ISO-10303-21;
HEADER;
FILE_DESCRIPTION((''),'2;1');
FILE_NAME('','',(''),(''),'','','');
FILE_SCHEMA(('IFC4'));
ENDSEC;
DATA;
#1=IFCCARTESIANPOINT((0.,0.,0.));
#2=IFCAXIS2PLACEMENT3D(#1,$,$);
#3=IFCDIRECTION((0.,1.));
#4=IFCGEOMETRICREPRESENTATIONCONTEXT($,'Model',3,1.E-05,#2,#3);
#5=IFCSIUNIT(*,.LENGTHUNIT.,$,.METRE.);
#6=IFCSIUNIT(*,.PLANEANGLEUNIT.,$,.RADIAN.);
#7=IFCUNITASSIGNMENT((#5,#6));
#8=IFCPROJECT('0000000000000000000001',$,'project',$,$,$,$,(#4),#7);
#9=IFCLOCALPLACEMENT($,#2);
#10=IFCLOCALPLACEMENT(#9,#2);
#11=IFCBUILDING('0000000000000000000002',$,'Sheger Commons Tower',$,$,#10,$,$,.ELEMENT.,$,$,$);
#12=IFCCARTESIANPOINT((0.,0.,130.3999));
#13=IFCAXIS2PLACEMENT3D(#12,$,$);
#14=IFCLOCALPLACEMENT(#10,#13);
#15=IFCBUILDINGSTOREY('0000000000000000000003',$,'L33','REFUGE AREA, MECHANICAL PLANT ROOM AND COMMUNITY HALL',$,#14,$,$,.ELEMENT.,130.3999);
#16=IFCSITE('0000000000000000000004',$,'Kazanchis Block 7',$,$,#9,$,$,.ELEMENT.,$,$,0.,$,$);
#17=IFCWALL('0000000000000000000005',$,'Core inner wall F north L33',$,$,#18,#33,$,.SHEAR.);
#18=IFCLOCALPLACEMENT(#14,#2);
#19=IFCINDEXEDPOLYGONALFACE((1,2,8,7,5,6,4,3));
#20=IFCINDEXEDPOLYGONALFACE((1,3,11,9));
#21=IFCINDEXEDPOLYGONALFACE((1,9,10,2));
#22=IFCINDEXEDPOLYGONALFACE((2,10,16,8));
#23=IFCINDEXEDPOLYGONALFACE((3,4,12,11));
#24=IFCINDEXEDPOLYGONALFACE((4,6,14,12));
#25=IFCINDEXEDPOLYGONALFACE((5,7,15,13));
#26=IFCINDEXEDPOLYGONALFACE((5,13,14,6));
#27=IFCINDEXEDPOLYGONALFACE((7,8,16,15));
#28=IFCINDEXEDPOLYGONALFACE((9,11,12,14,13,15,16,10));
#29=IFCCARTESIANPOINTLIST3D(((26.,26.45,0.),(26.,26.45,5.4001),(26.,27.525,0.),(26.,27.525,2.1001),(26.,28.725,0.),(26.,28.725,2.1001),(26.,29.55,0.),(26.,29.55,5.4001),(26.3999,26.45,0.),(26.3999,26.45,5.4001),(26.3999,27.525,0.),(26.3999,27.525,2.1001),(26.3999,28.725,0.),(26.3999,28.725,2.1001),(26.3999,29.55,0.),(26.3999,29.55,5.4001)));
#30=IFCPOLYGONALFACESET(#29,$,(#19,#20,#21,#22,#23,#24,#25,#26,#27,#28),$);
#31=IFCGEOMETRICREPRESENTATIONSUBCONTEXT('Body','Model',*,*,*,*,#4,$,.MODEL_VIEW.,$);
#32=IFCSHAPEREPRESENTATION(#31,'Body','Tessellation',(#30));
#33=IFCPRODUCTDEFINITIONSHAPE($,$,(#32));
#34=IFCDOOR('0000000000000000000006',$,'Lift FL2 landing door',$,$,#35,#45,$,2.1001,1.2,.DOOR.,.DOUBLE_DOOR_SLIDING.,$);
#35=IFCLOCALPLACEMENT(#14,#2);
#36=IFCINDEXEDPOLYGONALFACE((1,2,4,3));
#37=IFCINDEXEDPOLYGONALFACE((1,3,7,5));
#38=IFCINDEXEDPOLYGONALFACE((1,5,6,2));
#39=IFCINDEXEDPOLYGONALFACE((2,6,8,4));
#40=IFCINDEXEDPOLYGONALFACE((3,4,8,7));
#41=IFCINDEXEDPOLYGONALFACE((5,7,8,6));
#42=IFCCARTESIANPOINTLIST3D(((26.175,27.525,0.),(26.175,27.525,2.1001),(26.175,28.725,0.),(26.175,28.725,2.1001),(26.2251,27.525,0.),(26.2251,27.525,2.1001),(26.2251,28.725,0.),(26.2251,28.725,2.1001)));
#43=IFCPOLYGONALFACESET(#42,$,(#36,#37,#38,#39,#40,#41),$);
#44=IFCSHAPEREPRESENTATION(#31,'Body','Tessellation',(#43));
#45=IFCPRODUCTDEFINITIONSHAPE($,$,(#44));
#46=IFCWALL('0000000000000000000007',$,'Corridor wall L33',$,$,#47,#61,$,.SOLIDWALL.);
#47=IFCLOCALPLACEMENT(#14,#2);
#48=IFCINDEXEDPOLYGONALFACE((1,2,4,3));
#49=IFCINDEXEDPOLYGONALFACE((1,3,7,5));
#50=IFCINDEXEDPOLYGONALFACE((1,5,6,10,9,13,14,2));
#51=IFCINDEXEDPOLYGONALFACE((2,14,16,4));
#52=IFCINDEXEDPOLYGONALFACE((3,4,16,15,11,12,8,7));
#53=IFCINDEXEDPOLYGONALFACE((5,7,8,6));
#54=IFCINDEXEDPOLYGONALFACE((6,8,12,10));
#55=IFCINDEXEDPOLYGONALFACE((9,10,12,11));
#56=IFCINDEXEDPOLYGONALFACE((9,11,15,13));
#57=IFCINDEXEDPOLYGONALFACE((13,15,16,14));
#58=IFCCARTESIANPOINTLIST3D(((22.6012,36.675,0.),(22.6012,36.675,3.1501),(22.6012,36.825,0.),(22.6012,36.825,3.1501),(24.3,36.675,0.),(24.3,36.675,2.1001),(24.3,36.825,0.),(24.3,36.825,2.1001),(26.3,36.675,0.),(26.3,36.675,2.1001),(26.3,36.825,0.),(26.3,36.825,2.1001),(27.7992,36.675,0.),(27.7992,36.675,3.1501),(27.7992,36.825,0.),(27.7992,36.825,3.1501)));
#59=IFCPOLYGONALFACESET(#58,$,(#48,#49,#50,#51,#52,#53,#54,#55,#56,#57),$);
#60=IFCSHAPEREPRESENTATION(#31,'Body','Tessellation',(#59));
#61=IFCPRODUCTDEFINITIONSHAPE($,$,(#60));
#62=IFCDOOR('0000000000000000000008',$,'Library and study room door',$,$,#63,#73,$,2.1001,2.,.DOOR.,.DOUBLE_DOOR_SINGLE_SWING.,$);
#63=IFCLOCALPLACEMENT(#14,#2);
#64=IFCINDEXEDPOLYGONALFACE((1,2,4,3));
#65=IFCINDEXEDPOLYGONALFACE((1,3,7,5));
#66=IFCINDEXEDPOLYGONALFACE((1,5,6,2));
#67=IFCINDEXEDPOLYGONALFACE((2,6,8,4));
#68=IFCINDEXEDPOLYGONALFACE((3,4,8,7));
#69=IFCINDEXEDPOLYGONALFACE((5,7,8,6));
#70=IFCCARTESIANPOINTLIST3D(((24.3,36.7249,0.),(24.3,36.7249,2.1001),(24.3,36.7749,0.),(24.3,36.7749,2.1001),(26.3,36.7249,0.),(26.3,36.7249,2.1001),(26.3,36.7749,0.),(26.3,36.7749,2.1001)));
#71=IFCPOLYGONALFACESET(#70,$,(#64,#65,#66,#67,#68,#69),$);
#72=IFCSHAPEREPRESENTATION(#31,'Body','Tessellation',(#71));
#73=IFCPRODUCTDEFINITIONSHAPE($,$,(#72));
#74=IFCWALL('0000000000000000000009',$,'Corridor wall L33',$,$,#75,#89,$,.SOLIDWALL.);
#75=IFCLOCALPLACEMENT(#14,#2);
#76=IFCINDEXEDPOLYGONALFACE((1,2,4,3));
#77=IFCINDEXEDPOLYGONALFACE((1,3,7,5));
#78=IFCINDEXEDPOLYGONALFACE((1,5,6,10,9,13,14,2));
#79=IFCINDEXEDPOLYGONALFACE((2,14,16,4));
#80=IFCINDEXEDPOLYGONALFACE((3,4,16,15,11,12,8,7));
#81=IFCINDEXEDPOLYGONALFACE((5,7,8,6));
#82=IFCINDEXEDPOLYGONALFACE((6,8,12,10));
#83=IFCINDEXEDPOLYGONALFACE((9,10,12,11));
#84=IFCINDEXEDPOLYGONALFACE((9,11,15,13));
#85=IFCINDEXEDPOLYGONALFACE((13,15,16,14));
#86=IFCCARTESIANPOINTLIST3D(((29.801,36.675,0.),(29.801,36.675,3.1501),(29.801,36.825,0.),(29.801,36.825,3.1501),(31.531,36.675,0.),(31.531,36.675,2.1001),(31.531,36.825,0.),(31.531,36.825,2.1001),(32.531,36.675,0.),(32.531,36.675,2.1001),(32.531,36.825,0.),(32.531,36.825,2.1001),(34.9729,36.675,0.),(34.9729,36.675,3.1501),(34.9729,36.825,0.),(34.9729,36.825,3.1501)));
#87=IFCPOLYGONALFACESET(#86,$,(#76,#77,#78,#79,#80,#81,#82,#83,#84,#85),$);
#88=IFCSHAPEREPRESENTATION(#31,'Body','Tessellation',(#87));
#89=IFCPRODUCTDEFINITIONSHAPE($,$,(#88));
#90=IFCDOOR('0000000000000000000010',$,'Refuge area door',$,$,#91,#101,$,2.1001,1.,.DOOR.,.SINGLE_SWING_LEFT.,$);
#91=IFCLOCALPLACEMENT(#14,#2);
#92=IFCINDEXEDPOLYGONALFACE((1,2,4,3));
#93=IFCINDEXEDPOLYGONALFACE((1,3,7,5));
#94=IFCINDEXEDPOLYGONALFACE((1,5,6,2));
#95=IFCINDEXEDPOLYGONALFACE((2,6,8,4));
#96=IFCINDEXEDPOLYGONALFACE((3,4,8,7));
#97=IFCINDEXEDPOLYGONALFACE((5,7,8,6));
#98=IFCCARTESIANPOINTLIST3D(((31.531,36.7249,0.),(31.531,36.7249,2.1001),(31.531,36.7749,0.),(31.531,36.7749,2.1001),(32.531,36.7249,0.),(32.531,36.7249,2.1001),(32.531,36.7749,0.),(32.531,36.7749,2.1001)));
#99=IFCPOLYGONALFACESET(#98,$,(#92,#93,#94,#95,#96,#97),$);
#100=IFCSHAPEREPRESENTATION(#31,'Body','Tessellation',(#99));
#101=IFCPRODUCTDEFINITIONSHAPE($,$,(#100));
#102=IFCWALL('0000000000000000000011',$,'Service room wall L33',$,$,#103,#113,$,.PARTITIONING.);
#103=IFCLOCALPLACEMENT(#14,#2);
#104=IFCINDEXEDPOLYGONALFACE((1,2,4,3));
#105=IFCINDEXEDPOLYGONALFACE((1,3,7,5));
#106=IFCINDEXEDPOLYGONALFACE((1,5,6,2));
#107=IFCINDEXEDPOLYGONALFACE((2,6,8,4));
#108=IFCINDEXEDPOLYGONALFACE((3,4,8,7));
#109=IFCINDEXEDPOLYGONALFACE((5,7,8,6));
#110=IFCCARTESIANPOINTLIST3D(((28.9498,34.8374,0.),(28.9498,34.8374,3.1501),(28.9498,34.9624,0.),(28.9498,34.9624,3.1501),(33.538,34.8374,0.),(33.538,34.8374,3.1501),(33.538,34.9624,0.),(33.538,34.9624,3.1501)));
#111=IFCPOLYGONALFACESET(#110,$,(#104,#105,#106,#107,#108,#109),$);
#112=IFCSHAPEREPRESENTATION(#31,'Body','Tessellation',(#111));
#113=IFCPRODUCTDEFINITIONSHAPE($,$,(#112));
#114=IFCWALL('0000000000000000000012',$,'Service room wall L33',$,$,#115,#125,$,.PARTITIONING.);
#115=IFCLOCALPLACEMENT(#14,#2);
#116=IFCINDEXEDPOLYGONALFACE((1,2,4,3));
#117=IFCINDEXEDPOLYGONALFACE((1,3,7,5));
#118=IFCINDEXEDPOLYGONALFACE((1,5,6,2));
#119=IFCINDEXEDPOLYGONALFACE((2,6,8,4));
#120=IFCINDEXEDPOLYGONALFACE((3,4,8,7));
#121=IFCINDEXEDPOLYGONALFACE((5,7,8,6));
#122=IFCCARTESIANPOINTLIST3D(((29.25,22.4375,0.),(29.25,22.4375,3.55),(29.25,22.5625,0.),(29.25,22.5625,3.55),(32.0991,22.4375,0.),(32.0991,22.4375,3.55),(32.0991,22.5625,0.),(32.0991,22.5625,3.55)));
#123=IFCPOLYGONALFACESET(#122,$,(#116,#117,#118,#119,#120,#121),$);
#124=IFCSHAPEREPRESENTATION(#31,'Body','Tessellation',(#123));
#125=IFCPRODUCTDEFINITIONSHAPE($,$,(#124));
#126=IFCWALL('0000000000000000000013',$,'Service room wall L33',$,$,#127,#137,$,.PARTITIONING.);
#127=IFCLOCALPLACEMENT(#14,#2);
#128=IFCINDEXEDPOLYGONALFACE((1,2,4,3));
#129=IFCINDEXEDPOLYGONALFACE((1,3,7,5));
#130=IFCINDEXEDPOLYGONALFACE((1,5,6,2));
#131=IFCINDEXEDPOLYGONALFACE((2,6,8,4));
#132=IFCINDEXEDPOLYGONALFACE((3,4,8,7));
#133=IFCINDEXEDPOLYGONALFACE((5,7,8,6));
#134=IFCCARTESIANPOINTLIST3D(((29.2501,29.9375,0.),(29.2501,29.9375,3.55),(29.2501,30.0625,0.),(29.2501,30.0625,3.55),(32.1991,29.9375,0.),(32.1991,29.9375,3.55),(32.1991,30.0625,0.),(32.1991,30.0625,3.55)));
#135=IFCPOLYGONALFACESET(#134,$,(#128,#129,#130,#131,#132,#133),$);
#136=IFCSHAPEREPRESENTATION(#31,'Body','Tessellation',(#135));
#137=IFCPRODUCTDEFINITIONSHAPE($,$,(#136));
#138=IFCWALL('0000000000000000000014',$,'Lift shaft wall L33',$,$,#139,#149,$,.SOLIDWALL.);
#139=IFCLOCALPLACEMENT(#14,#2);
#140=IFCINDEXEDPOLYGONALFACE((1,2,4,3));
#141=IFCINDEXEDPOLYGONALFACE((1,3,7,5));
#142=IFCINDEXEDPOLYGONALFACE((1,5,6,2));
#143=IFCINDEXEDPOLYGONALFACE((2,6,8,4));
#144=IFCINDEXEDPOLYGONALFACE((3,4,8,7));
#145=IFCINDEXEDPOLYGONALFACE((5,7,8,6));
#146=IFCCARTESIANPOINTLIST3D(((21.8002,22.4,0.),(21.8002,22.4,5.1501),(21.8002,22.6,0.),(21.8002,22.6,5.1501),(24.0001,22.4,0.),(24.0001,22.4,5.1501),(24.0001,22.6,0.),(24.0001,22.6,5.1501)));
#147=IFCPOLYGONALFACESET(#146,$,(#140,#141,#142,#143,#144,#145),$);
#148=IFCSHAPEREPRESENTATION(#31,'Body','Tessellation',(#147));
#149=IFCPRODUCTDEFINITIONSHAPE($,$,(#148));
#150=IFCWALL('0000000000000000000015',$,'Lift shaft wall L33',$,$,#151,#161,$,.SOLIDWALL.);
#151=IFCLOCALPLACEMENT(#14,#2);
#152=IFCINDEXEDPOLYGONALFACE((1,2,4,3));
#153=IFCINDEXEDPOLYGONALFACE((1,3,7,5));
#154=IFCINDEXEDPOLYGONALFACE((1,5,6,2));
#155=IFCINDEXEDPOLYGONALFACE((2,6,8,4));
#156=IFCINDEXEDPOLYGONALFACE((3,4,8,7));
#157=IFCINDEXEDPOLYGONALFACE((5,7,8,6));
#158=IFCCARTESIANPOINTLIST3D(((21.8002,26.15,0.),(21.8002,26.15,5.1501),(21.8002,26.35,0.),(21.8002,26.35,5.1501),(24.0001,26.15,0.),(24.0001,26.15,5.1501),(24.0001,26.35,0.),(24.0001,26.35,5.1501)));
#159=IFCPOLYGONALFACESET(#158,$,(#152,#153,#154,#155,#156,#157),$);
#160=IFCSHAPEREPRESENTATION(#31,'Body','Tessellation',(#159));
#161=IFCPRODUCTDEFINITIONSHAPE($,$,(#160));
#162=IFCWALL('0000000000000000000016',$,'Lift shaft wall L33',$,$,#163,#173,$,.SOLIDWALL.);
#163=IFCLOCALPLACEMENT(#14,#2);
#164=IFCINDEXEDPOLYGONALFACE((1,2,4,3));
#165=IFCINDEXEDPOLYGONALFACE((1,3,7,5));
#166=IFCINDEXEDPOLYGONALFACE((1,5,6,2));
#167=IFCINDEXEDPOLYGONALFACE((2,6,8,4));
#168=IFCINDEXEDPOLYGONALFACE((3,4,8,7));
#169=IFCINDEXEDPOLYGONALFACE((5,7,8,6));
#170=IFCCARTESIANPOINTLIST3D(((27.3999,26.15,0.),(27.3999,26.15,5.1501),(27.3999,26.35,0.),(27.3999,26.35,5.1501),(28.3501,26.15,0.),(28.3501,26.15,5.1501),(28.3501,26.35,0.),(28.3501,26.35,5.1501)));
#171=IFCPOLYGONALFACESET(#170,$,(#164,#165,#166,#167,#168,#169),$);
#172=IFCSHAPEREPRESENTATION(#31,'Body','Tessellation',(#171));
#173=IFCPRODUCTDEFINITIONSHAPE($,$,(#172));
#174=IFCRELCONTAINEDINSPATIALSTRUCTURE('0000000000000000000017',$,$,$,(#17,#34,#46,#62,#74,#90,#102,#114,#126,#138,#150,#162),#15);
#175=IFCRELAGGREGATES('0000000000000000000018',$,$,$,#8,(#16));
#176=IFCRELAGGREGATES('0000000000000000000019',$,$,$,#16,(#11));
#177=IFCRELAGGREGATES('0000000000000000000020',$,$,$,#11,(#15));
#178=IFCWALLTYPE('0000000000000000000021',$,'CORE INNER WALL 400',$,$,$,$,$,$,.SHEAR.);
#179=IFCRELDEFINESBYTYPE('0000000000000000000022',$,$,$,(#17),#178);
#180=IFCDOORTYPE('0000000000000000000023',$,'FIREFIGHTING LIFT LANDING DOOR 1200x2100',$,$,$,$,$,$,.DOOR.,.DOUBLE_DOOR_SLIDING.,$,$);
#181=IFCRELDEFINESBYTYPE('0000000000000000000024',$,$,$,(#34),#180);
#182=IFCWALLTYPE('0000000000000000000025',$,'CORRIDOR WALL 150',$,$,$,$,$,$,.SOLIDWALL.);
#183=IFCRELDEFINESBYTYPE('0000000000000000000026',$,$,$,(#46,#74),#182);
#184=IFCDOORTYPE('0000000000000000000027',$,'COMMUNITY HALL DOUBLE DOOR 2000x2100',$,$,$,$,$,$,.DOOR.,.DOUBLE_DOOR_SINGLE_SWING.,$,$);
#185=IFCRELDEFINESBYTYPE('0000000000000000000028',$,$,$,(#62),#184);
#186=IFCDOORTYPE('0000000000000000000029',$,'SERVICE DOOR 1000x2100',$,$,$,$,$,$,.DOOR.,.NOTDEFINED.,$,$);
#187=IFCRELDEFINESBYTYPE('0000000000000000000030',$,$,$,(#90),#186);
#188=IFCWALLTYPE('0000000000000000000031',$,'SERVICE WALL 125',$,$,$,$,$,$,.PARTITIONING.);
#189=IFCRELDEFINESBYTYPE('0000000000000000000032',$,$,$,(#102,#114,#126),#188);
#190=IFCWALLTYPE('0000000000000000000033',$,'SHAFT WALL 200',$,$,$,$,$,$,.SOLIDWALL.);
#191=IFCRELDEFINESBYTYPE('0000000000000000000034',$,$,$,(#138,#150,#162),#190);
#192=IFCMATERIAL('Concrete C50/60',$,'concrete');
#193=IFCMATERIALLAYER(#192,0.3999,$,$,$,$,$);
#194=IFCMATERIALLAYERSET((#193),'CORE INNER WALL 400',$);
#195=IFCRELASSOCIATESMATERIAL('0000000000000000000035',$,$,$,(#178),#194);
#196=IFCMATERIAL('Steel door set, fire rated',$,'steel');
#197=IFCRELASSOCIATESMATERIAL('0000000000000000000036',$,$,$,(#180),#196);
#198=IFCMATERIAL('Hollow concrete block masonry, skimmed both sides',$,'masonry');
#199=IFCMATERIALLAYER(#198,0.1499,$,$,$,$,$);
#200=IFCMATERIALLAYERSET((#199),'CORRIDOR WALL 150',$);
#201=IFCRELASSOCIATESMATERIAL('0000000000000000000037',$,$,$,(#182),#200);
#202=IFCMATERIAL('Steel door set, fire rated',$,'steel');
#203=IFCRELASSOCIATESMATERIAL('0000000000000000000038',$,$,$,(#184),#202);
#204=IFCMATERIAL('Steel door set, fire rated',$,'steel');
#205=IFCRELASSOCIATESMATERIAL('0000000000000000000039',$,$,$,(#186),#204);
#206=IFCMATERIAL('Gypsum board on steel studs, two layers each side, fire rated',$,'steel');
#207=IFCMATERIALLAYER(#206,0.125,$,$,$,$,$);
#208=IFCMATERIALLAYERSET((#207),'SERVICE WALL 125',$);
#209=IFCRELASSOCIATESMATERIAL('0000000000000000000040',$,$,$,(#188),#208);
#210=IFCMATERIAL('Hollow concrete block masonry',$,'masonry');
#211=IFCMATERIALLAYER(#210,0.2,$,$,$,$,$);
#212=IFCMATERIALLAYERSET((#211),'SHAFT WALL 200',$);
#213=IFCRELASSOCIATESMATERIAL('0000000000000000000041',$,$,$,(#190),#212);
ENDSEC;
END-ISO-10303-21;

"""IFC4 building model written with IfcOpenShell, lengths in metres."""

from ifc_helpers import new_model, si_unit, direction, frame, frame_2d, origin, place, context, subcontext, project, spatial, rectangle, extrude, material, layer, layer_set, type_object, element, fill, save


model = new_model("IFC4")

# Units and contexts
model_context = context("Model", 3, precision=1e-05, world=origin(), true_north=direction((0.0, 1.0)))
body_context = subcontext(model_context, "Body", "Model", "MODEL_VIEW")
ifc_project = project(units=[si_unit("LENGTHUNIT", "METRE"), si_unit("PLANEANGLEUNIT", "RADIAN")], contexts=[model_context])

# Site, building, storey
site_placement = place(None, origin())
site = spatial("IfcSite", under=ifc_project, at=site_placement, Name="Kazanchis Block 7", CompositionType="ELEMENT", RefElevation=0.0)
building_placement = place(site_placement, origin())
building = spatial("IfcBuilding", under=site, at=building_placement, Name="Sheger Commons Tower", CompositionType="ELEMENT")
storey_placement = place(building_placement, frame((0.0, 0.0, 130.3999)))
storey = spatial("IfcBuildingStorey", under=building, at=storey_placement, Name="L33", Description="REFUGE AREA, MECHANICAL PLANT ROOM AND COMMUNITY HALL", CompositionType="ELEMENT", Elevation=130.3999)

# Shared definitions
ifc_material_1 = material(Name="Concrete C50/60", Category="concrete")
ifc_layer_1 = layer(ifc_material_1, 0.3999)
ifc_layer_set_1 = layer_set([ifc_layer_1], Name="CORE INNER WALL 400")
wall_type_1 = type_object("IfcWallType", Name="CORE INNER WALL 400", PredefinedType="SHEAR", material=ifc_layer_set_1)

# Walls, openings, doors
wall_1_placement = place(storey_placement, frame((26.2, 26.45, 0.0), z_axis=(0.0, 0.0, 1.0), x_axis=(0.0, 1.0, 0.0)))
wall_1 = element("IfcWall", 1, at=wall_1_placement, inside=storey, type_object=wall_type_1, Name="Core inner wall F north L33", PredefinedType="SHEAR", context=body_context, shape_type="SweptSolid", body=[
    extrude(rectangle(XDim=3.1001, YDim=0.3999, at=frame_2d((1.55, 0.0))), origin(), (0.0, 0.0, 1.0), 5.4001),
])
opening_1_placement = place(wall_1_placement, frame((1.075, 0.0, 0.0)))
opening_1 = element("IfcOpeningElement", 2, at=opening_1_placement, cuts=wall_1, PredefinedType="OPENING", context=body_context, shape_type="SweptSolid", body=[
    extrude(rectangle(XDim=1.2, YDim=2.1001, at=frame_2d((0.6001, 1.05))), frame((0.0, 0.21, 0.0), z_axis=(0.0, -1.0, 0.0), x_axis=(1.0, 0.0, 0.0)), (0.0, 0.0, 1.0), 0.4199),
])
ifc_material_2 = material(Name="Steel door set, fire rated", Category="steel")
door_type_1 = type_object("IfcDoorType", Name="FIREFIGHTING LIFT LANDING DOOR 1200x2100", OperationType="DOUBLE_DOOR_SLIDING", PredefinedType="DOOR", material=ifc_material_2)
door_1_placement = place(opening_1_placement, origin())
door_1 = element("IfcDoor", 3, at=door_1_placement, inside=storey, type_object=door_type_1, Name="Lift FL2 landing door", OperationType="DOUBLE_DOOR_SLIDING", OverallHeight=2.1001, OverallWidth=1.2, PredefinedType="DOOR", context=body_context, shape_type="SweptSolid", body=[
    extrude(rectangle(XDim=1.2, YDim=2.1001, at=frame_2d((0.6001, 1.05))), frame((0.0, 0.0249, 0.0), z_axis=(0.0, -1.0, 0.0), x_axis=(1.0, 0.0, 0.0)), (0.0, 0.0, 1.0), 0.05),
])
fill(opening_1, door_1)
ifc_material_3 = material(Name="Hollow concrete block masonry, skimmed both sides", Category="masonry")
ifc_layer_2 = layer(ifc_material_3, 0.1499)
ifc_layer_set_2 = layer_set([ifc_layer_2], Name="CORRIDOR WALL 150")
wall_type_2 = type_object("IfcWallType", Name="CORRIDOR WALL 150", PredefinedType="SOLIDWALL", material=ifc_layer_set_2)
wall_2_placement = place(storey_placement, frame((22.6011, 36.75, 0.0), z_axis=(0.0, 0.0, 1.0), x_axis=(1.0, 0.0, 0.0)))
wall_2 = element("IfcWall", 4, at=wall_2_placement, inside=storey, type_object=wall_type_2, Name="Corridor wall L33", PredefinedType="SOLIDWALL", context=body_context, shape_type="SweptSolid", body=[
    extrude(rectangle(XDim=5.198, YDim=0.1499, at=frame_2d((2.5991, 0.0))), origin(), (0.0, 0.0, 1.0), 3.1501),
])
opening_2_placement = place(wall_2_placement, frame((1.699, 0.0, 0.0)))
opening_2 = element("IfcOpeningElement", 5, at=opening_2_placement, cuts=wall_2, PredefinedType="OPENING", context=body_context, shape_type="SweptSolid", body=[
    extrude(rectangle(XDim=2.0, YDim=2.1001, at=frame_2d((1.0, 1.05))), frame((0.0, 0.085, 0.0), z_axis=(0.0, -1.0, 0.0), x_axis=(1.0, 0.0, 0.0)), (0.0, 0.0, 1.0), 0.1699),
])
ifc_material_4 = material(Name="Steel door set, fire rated", Category="steel")
door_type_2 = type_object("IfcDoorType", Name="COMMUNITY HALL DOUBLE DOOR 2000x2100", OperationType="DOUBLE_DOOR_SINGLE_SWING", PredefinedType="DOOR", material=ifc_material_4)
door_2_placement = place(opening_2_placement, origin())
door_2 = element("IfcDoor", 6, at=door_2_placement, inside=storey, type_object=door_type_2, Name="Library and study room door", OperationType="DOUBLE_DOOR_SINGLE_SWING", OverallHeight=2.1001, OverallWidth=2.0, PredefinedType="DOOR", context=body_context, shape_type="SweptSolid", body=[
    extrude(rectangle(XDim=2.0, YDim=2.1001, at=frame_2d((1.0, 1.05))), frame((0.0, 0.0249, 0.0), z_axis=(0.0, -1.0, 0.0), x_axis=(1.0, 0.0, 0.0)), (0.0, 0.0, 1.0), 0.05),
])
fill(opening_2, door_2)
wall_3_placement = place(storey_placement, frame((29.801, 36.75, 0.0), z_axis=(0.0, 0.0, 1.0), x_axis=(1.0, 0.0, 0.0)))
wall_3 = element("IfcWall", 7, at=wall_3_placement, inside=storey, type_object=wall_type_2, Name="Corridor wall L33", PredefinedType="SOLIDWALL", context=body_context, shape_type="SweptSolid", body=[
    extrude(rectangle(XDim=5.1719, YDim=0.1499, at=frame_2d((2.5859, 0.0))), origin(), (0.0, 0.0, 1.0), 3.1501),
])
opening_3_placement = place(wall_3_placement, frame((1.73, 0.0, 0.0)))
opening_3 = element("IfcOpeningElement", 8, at=opening_3_placement, cuts=wall_3, PredefinedType="OPENING", context=body_context, shape_type="SweptSolid", body=[
    extrude(rectangle(XDim=1.0, YDim=2.1001, at=frame_2d((0.5, 1.05))), frame((0.0, 0.085, 0.0), z_axis=(0.0, -1.0, 0.0), x_axis=(1.0, 0.0, 0.0)), (0.0, 0.0, 1.0), 0.1699),
])
ifc_material_5 = material(Name="Steel door set, fire rated", Category="steel")
door_type_3 = type_object("IfcDoorType", Name="SERVICE DOOR 1000x2100", OperationType="NOTDEFINED", PredefinedType="DOOR", material=ifc_material_5)
door_3_placement = place(opening_3_placement, origin())
door_3 = element("IfcDoor", 9, at=door_3_placement, inside=storey, type_object=door_type_3, Name="Refuge area door", OperationType="SINGLE_SWING_LEFT", OverallHeight=2.1001, OverallWidth=1.0, PredefinedType="DOOR", context=body_context, shape_type="SweptSolid", body=[
    extrude(rectangle(XDim=1.0, YDim=2.1001, at=frame_2d((0.5, 1.05))), frame((0.0, 0.0249, 0.0), z_axis=(0.0, -1.0, 0.0), x_axis=(1.0, 0.0, 0.0)), (0.0, 0.0, 1.0), 0.05),
])
fill(opening_3, door_3)

# Walls
ifc_material_6 = material(Name="Gypsum board on steel studs, two layers each side, fire rated", Category="steel")
ifc_layer_3 = layer(ifc_material_6, 0.125)
ifc_layer_set_3 = layer_set([ifc_layer_3], Name="SERVICE WALL 125")
wall_type_3 = type_object("IfcWallType", Name="SERVICE WALL 125", PredefinedType="PARTITIONING", material=ifc_layer_set_3)
wall_4_placement = place(storey_placement, frame((28.95, 34.8999, 0.0), z_axis=(0.0, 0.0, 1.0), x_axis=(1.0, 0.0, 0.0)))
element("IfcWall", 10, at=wall_4_placement, inside=storey, type_object=wall_type_3, Name="Service room wall L33", PredefinedType="PARTITIONING", context=body_context, shape_type="SweptSolid", body=[
    extrude(rectangle(XDim=4.5881, YDim=0.125, at=frame_2d((2.2939, 0.0))), origin(), (0.0, 0.0, 1.0), 3.1501),
])
wall_5_placement = place(storey_placement, frame((29.25, 22.5, 0.0), z_axis=(0.0, 0.0, 1.0), x_axis=(1.0, 0.0, 0.0)))
element("IfcWall", 11, at=wall_5_placement, inside=storey, type_object=wall_type_3, Name="Service room wall L33", PredefinedType="PARTITIONING", context=body_context, shape_type="SweptSolid", body=[
    extrude(rectangle(XDim=2.8491, YDim=0.125, at=frame_2d((1.4246, 0.0))), origin(), (0.0, 0.0, 1.0), 3.55),
])
wall_6_placement = place(storey_placement, frame((29.25, 30.0, 0.0), z_axis=(0.0, 0.0, 1.0), x_axis=(1.0, 0.0, 0.0)))
element("IfcWall", 12, at=wall_6_placement, inside=storey, type_object=wall_type_3, Name="Service room wall L33", PredefinedType="PARTITIONING", context=body_context, shape_type="SweptSolid", body=[
    extrude(rectangle(XDim=2.949, YDim=0.125, at=frame_2d((1.4746, 0.0))), origin(), (0.0, 0.0, 1.0), 3.55),
])
ifc_material_7 = material(Name="Hollow concrete block masonry", Category="masonry")
ifc_layer_4 = layer(ifc_material_7, 0.2)
ifc_layer_set_4 = layer_set([ifc_layer_4], Name="SHAFT WALL 200")
wall_type_4 = type_object("IfcWallType", Name="SHAFT WALL 200", PredefinedType="SOLIDWALL", material=ifc_layer_set_4)
for number, where, z_axis, x_axis, name in (
    (13, (21.8, 22.5, 0.0), (0.0, 0.0, 1.0), (1.0, 0.0, 0.0), "Lift shaft wall L33"),
    (14, (21.8, 26.25, 0.0), (0.0, 0.0, 1.0), (1.0, 0.0, 0.0), "Lift shaft wall L33"),
):
    element("IfcWall", number, at=place(storey_placement, frame(where, z_axis=z_axis, x_axis=x_axis)), inside=storey, type_object=wall_type_4, Name=name, PredefinedType="SOLIDWALL", context=body_context, shape_type="SweptSolid", body=[
        extrude(rectangle(XDim=2.2, YDim=0.2, at=frame_2d((1.1001, 0.0))), origin(), (0.0, 0.0, 1.0), 5.1501),
    ])
wall_7_placement = place(storey_placement, frame((27.3999, 26.25, 0.0), z_axis=(0.0, 0.0, 1.0), x_axis=(1.0, 0.0, 0.0)))
element("IfcWall", 15, at=wall_7_placement, inside=storey, type_object=wall_type_4, Name="Lift shaft wall L33", PredefinedType="SOLIDWALL", context=body_context, shape_type="SweptSolid", body=[
    extrude(rectangle(XDim=0.9502, YDim=0.2, at=frame_2d((0.4751, 0.0))), origin(), (0.0, 0.0, 1.0), 5.1501),
])

save(model, "model.ifc")
